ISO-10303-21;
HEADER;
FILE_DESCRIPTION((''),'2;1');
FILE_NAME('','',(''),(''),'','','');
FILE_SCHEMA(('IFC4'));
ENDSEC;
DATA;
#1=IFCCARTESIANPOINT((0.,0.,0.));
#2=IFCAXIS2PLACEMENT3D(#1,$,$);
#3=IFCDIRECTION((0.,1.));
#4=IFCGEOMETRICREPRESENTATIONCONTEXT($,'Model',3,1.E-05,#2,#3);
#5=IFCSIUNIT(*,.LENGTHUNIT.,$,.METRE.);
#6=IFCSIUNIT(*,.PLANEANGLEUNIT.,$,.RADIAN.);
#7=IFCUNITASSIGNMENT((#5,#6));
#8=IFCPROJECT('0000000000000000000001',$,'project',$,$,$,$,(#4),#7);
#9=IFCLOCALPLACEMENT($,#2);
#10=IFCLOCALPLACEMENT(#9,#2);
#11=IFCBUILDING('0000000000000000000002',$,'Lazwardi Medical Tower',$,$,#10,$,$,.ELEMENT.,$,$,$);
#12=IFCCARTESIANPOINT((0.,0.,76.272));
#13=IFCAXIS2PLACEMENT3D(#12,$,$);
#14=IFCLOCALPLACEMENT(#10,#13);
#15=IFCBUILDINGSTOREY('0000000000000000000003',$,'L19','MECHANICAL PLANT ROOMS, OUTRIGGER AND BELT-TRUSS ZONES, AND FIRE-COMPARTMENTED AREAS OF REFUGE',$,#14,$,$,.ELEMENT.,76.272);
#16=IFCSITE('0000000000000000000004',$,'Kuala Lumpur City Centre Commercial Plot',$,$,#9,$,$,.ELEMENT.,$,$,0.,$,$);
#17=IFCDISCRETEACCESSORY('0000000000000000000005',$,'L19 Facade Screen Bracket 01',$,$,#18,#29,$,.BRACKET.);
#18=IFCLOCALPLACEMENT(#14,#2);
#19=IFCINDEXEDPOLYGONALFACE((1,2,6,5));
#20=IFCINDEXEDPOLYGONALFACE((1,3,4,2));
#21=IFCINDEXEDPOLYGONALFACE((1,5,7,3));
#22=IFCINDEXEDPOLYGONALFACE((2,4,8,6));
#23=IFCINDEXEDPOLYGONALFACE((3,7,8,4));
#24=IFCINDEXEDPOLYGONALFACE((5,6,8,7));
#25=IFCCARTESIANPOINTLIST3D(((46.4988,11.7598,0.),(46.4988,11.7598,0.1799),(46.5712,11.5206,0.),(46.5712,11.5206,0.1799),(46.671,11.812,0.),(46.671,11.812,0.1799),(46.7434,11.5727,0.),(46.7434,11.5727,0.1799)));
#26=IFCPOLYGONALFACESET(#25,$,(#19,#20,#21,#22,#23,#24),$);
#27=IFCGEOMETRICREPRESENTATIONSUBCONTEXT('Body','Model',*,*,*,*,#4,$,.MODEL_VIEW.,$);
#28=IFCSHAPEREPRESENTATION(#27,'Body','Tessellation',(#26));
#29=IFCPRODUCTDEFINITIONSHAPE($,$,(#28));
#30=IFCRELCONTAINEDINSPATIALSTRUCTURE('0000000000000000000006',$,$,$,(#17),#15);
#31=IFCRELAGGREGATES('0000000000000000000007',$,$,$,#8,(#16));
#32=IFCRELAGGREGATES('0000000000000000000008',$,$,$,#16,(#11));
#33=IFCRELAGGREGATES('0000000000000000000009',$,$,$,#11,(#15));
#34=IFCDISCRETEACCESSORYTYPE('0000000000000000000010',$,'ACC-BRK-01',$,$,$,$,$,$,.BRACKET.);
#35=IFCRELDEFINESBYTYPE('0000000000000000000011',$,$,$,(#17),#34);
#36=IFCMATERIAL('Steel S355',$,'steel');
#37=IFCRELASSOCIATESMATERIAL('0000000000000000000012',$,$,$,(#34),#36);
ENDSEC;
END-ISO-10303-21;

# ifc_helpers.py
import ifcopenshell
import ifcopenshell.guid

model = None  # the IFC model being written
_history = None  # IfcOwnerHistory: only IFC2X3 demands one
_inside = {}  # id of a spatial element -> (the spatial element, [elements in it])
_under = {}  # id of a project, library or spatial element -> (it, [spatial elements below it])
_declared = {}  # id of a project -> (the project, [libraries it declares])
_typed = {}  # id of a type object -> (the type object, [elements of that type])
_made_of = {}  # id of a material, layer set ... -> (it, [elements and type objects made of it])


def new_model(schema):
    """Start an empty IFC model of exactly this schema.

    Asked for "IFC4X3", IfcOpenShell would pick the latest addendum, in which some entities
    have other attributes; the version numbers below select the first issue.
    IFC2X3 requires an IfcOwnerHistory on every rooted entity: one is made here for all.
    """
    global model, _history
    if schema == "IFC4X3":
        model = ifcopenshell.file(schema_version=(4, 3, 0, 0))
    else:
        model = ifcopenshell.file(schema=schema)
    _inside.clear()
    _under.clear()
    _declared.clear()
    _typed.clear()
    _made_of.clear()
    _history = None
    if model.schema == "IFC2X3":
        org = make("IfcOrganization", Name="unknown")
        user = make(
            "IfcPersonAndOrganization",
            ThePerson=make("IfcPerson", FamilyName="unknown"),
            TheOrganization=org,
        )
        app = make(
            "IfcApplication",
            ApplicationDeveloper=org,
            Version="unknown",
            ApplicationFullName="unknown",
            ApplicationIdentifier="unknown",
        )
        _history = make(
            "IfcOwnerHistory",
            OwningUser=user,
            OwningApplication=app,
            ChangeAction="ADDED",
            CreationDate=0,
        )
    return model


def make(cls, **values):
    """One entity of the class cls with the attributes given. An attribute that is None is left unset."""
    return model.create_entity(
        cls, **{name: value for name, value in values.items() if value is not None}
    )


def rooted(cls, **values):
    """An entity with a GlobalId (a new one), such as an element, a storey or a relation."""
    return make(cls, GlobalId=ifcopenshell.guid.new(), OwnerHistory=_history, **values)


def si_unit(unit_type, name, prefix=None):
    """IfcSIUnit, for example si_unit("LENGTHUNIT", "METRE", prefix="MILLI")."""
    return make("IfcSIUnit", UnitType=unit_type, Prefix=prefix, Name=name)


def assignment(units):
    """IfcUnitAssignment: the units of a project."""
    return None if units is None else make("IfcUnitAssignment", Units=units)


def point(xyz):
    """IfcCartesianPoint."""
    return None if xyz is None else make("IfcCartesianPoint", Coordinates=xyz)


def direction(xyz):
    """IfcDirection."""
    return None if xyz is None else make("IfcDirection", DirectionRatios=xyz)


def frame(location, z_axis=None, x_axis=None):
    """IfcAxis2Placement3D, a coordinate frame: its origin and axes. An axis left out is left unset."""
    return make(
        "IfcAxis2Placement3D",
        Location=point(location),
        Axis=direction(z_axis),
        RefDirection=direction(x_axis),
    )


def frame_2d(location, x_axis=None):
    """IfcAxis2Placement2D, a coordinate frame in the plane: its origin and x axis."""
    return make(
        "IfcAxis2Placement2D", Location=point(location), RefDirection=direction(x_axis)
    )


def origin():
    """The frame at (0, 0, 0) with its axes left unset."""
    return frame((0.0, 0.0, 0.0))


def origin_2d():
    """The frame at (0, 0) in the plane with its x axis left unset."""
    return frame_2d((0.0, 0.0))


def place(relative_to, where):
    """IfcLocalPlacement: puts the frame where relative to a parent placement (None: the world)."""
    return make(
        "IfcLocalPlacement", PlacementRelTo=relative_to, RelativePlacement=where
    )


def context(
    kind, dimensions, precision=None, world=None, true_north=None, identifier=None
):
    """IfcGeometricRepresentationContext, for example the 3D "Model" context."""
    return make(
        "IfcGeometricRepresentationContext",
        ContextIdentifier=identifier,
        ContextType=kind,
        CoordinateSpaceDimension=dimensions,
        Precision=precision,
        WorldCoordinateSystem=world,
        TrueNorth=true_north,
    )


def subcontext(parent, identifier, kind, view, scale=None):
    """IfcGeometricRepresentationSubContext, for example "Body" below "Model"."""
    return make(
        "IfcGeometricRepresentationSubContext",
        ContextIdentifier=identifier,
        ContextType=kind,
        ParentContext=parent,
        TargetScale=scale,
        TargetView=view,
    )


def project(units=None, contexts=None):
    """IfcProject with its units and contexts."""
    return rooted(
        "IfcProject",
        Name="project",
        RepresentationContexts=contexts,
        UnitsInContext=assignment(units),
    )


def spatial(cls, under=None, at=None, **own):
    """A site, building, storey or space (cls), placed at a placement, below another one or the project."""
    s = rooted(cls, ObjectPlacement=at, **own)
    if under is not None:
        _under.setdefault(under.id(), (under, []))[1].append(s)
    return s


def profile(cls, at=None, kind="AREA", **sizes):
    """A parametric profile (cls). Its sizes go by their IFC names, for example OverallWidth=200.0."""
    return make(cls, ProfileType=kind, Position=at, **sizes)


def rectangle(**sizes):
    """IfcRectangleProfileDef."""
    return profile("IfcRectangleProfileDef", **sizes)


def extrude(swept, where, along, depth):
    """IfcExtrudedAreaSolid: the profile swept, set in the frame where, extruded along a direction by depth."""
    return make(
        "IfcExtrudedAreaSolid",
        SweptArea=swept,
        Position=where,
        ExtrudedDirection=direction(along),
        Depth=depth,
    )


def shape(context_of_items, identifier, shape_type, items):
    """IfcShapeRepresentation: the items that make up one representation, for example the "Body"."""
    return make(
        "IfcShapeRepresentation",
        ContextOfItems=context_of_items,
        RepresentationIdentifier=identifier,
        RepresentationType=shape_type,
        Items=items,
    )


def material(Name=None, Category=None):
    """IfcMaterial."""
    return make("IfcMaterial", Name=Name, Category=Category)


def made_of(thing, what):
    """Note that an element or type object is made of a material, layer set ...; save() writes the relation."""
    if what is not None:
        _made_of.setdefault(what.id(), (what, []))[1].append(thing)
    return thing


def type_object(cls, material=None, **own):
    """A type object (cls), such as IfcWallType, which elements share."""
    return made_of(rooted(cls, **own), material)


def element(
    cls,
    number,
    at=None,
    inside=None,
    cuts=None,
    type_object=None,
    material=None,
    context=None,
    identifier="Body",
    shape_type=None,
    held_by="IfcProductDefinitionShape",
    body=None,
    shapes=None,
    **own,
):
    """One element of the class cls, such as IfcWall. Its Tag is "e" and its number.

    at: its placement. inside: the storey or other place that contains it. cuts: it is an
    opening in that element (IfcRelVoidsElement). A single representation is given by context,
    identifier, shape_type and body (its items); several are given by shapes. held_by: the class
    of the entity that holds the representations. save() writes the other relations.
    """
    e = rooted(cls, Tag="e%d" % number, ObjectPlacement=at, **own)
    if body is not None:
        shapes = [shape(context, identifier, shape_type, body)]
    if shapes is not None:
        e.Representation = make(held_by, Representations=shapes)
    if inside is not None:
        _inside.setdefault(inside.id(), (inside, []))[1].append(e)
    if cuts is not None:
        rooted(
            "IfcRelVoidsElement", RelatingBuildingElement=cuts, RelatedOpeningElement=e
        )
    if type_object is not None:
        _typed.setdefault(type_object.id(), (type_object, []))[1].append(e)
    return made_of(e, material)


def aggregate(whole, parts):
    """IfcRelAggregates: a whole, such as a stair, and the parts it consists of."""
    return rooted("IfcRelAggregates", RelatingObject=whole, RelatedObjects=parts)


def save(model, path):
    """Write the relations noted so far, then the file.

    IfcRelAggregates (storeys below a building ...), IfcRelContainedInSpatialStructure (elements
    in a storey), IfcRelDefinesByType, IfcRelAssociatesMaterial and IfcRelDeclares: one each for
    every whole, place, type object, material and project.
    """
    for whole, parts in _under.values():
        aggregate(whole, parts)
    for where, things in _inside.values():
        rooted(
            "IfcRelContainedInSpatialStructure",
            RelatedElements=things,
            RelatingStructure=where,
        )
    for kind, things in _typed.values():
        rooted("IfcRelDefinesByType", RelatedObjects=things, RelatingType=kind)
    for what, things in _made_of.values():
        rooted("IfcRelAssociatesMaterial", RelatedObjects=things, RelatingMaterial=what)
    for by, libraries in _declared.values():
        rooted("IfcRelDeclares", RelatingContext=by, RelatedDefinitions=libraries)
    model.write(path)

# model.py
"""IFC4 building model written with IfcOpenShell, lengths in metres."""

from ifc_helpers import new_model, si_unit, direction, frame, origin, origin_2d, place, context, subcontext, project, spatial, rectangle, extrude, material, type_object, element, save


model = new_model("IFC4")

# Units and contexts
model_context = context("Model", 3, precision=1e-05, world=origin(), true_north=direction((0.0, 1.0)))
body_context = subcontext(model_context, "Body", "Model", "MODEL_VIEW")
ifc_project = project(units=[si_unit("LENGTHUNIT", "METRE"), si_unit("PLANEANGLEUNIT", "RADIAN")], contexts=[model_context])

# Site, building, storey
site_placement = place(None, origin())
site = spatial("IfcSite", under=ifc_project, at=site_placement, Name="Kuala Lumpur City Centre Commercial Plot", CompositionType="ELEMENT", RefElevation=0.0)
building_placement = place(site_placement, origin())
building = spatial("IfcBuilding", under=site, at=building_placement, Name="Lazwardi Medical Tower", CompositionType="ELEMENT")
storey_placement = place(building_placement, frame((0.0, 0.0, 76.272)))
storey = spatial("IfcBuildingStorey", under=building, at=storey_placement, Name="L19", Description="MECHANICAL PLANT ROOMS, OUTRIGGER AND BELT-TRUSS ZONES, AND FIRE-COMPARTMENTED AREAS OF REFUGE", CompositionType="ELEMENT", Elevation=76.272)

# Shared definitions
ifc_material_1 = material(Name="Steel S355", Category="steel")

# Discrete accessory
discrete_accessory_type = type_object("IfcDiscreteAccessoryType", Name="ACC-BRK-01", PredefinedType="BRACKET", material=ifc_material_1)
discrete_accessory_placement = place(storey_placement, frame((46.6211, 11.6663, 0.0), z_axis=(0.0, 0.0, 1.0), x_axis=(0.957134, 0.289647, 0.0)))
element("IfcDiscreteAccessory", 1, at=discrete_accessory_placement, inside=storey, type_object=discrete_accessory_type, Name="L19 Facade Screen Bracket 01", PredefinedType="BRACKET", context=body_context, shape_type="SweptSolid", body=[
    extrude(rectangle(XDim=0.1799, YDim=0.25, at=origin_2d()), origin(), (0.0, 0.0, 1.0), 0.1799),
])

save(model, "model.ifc")
